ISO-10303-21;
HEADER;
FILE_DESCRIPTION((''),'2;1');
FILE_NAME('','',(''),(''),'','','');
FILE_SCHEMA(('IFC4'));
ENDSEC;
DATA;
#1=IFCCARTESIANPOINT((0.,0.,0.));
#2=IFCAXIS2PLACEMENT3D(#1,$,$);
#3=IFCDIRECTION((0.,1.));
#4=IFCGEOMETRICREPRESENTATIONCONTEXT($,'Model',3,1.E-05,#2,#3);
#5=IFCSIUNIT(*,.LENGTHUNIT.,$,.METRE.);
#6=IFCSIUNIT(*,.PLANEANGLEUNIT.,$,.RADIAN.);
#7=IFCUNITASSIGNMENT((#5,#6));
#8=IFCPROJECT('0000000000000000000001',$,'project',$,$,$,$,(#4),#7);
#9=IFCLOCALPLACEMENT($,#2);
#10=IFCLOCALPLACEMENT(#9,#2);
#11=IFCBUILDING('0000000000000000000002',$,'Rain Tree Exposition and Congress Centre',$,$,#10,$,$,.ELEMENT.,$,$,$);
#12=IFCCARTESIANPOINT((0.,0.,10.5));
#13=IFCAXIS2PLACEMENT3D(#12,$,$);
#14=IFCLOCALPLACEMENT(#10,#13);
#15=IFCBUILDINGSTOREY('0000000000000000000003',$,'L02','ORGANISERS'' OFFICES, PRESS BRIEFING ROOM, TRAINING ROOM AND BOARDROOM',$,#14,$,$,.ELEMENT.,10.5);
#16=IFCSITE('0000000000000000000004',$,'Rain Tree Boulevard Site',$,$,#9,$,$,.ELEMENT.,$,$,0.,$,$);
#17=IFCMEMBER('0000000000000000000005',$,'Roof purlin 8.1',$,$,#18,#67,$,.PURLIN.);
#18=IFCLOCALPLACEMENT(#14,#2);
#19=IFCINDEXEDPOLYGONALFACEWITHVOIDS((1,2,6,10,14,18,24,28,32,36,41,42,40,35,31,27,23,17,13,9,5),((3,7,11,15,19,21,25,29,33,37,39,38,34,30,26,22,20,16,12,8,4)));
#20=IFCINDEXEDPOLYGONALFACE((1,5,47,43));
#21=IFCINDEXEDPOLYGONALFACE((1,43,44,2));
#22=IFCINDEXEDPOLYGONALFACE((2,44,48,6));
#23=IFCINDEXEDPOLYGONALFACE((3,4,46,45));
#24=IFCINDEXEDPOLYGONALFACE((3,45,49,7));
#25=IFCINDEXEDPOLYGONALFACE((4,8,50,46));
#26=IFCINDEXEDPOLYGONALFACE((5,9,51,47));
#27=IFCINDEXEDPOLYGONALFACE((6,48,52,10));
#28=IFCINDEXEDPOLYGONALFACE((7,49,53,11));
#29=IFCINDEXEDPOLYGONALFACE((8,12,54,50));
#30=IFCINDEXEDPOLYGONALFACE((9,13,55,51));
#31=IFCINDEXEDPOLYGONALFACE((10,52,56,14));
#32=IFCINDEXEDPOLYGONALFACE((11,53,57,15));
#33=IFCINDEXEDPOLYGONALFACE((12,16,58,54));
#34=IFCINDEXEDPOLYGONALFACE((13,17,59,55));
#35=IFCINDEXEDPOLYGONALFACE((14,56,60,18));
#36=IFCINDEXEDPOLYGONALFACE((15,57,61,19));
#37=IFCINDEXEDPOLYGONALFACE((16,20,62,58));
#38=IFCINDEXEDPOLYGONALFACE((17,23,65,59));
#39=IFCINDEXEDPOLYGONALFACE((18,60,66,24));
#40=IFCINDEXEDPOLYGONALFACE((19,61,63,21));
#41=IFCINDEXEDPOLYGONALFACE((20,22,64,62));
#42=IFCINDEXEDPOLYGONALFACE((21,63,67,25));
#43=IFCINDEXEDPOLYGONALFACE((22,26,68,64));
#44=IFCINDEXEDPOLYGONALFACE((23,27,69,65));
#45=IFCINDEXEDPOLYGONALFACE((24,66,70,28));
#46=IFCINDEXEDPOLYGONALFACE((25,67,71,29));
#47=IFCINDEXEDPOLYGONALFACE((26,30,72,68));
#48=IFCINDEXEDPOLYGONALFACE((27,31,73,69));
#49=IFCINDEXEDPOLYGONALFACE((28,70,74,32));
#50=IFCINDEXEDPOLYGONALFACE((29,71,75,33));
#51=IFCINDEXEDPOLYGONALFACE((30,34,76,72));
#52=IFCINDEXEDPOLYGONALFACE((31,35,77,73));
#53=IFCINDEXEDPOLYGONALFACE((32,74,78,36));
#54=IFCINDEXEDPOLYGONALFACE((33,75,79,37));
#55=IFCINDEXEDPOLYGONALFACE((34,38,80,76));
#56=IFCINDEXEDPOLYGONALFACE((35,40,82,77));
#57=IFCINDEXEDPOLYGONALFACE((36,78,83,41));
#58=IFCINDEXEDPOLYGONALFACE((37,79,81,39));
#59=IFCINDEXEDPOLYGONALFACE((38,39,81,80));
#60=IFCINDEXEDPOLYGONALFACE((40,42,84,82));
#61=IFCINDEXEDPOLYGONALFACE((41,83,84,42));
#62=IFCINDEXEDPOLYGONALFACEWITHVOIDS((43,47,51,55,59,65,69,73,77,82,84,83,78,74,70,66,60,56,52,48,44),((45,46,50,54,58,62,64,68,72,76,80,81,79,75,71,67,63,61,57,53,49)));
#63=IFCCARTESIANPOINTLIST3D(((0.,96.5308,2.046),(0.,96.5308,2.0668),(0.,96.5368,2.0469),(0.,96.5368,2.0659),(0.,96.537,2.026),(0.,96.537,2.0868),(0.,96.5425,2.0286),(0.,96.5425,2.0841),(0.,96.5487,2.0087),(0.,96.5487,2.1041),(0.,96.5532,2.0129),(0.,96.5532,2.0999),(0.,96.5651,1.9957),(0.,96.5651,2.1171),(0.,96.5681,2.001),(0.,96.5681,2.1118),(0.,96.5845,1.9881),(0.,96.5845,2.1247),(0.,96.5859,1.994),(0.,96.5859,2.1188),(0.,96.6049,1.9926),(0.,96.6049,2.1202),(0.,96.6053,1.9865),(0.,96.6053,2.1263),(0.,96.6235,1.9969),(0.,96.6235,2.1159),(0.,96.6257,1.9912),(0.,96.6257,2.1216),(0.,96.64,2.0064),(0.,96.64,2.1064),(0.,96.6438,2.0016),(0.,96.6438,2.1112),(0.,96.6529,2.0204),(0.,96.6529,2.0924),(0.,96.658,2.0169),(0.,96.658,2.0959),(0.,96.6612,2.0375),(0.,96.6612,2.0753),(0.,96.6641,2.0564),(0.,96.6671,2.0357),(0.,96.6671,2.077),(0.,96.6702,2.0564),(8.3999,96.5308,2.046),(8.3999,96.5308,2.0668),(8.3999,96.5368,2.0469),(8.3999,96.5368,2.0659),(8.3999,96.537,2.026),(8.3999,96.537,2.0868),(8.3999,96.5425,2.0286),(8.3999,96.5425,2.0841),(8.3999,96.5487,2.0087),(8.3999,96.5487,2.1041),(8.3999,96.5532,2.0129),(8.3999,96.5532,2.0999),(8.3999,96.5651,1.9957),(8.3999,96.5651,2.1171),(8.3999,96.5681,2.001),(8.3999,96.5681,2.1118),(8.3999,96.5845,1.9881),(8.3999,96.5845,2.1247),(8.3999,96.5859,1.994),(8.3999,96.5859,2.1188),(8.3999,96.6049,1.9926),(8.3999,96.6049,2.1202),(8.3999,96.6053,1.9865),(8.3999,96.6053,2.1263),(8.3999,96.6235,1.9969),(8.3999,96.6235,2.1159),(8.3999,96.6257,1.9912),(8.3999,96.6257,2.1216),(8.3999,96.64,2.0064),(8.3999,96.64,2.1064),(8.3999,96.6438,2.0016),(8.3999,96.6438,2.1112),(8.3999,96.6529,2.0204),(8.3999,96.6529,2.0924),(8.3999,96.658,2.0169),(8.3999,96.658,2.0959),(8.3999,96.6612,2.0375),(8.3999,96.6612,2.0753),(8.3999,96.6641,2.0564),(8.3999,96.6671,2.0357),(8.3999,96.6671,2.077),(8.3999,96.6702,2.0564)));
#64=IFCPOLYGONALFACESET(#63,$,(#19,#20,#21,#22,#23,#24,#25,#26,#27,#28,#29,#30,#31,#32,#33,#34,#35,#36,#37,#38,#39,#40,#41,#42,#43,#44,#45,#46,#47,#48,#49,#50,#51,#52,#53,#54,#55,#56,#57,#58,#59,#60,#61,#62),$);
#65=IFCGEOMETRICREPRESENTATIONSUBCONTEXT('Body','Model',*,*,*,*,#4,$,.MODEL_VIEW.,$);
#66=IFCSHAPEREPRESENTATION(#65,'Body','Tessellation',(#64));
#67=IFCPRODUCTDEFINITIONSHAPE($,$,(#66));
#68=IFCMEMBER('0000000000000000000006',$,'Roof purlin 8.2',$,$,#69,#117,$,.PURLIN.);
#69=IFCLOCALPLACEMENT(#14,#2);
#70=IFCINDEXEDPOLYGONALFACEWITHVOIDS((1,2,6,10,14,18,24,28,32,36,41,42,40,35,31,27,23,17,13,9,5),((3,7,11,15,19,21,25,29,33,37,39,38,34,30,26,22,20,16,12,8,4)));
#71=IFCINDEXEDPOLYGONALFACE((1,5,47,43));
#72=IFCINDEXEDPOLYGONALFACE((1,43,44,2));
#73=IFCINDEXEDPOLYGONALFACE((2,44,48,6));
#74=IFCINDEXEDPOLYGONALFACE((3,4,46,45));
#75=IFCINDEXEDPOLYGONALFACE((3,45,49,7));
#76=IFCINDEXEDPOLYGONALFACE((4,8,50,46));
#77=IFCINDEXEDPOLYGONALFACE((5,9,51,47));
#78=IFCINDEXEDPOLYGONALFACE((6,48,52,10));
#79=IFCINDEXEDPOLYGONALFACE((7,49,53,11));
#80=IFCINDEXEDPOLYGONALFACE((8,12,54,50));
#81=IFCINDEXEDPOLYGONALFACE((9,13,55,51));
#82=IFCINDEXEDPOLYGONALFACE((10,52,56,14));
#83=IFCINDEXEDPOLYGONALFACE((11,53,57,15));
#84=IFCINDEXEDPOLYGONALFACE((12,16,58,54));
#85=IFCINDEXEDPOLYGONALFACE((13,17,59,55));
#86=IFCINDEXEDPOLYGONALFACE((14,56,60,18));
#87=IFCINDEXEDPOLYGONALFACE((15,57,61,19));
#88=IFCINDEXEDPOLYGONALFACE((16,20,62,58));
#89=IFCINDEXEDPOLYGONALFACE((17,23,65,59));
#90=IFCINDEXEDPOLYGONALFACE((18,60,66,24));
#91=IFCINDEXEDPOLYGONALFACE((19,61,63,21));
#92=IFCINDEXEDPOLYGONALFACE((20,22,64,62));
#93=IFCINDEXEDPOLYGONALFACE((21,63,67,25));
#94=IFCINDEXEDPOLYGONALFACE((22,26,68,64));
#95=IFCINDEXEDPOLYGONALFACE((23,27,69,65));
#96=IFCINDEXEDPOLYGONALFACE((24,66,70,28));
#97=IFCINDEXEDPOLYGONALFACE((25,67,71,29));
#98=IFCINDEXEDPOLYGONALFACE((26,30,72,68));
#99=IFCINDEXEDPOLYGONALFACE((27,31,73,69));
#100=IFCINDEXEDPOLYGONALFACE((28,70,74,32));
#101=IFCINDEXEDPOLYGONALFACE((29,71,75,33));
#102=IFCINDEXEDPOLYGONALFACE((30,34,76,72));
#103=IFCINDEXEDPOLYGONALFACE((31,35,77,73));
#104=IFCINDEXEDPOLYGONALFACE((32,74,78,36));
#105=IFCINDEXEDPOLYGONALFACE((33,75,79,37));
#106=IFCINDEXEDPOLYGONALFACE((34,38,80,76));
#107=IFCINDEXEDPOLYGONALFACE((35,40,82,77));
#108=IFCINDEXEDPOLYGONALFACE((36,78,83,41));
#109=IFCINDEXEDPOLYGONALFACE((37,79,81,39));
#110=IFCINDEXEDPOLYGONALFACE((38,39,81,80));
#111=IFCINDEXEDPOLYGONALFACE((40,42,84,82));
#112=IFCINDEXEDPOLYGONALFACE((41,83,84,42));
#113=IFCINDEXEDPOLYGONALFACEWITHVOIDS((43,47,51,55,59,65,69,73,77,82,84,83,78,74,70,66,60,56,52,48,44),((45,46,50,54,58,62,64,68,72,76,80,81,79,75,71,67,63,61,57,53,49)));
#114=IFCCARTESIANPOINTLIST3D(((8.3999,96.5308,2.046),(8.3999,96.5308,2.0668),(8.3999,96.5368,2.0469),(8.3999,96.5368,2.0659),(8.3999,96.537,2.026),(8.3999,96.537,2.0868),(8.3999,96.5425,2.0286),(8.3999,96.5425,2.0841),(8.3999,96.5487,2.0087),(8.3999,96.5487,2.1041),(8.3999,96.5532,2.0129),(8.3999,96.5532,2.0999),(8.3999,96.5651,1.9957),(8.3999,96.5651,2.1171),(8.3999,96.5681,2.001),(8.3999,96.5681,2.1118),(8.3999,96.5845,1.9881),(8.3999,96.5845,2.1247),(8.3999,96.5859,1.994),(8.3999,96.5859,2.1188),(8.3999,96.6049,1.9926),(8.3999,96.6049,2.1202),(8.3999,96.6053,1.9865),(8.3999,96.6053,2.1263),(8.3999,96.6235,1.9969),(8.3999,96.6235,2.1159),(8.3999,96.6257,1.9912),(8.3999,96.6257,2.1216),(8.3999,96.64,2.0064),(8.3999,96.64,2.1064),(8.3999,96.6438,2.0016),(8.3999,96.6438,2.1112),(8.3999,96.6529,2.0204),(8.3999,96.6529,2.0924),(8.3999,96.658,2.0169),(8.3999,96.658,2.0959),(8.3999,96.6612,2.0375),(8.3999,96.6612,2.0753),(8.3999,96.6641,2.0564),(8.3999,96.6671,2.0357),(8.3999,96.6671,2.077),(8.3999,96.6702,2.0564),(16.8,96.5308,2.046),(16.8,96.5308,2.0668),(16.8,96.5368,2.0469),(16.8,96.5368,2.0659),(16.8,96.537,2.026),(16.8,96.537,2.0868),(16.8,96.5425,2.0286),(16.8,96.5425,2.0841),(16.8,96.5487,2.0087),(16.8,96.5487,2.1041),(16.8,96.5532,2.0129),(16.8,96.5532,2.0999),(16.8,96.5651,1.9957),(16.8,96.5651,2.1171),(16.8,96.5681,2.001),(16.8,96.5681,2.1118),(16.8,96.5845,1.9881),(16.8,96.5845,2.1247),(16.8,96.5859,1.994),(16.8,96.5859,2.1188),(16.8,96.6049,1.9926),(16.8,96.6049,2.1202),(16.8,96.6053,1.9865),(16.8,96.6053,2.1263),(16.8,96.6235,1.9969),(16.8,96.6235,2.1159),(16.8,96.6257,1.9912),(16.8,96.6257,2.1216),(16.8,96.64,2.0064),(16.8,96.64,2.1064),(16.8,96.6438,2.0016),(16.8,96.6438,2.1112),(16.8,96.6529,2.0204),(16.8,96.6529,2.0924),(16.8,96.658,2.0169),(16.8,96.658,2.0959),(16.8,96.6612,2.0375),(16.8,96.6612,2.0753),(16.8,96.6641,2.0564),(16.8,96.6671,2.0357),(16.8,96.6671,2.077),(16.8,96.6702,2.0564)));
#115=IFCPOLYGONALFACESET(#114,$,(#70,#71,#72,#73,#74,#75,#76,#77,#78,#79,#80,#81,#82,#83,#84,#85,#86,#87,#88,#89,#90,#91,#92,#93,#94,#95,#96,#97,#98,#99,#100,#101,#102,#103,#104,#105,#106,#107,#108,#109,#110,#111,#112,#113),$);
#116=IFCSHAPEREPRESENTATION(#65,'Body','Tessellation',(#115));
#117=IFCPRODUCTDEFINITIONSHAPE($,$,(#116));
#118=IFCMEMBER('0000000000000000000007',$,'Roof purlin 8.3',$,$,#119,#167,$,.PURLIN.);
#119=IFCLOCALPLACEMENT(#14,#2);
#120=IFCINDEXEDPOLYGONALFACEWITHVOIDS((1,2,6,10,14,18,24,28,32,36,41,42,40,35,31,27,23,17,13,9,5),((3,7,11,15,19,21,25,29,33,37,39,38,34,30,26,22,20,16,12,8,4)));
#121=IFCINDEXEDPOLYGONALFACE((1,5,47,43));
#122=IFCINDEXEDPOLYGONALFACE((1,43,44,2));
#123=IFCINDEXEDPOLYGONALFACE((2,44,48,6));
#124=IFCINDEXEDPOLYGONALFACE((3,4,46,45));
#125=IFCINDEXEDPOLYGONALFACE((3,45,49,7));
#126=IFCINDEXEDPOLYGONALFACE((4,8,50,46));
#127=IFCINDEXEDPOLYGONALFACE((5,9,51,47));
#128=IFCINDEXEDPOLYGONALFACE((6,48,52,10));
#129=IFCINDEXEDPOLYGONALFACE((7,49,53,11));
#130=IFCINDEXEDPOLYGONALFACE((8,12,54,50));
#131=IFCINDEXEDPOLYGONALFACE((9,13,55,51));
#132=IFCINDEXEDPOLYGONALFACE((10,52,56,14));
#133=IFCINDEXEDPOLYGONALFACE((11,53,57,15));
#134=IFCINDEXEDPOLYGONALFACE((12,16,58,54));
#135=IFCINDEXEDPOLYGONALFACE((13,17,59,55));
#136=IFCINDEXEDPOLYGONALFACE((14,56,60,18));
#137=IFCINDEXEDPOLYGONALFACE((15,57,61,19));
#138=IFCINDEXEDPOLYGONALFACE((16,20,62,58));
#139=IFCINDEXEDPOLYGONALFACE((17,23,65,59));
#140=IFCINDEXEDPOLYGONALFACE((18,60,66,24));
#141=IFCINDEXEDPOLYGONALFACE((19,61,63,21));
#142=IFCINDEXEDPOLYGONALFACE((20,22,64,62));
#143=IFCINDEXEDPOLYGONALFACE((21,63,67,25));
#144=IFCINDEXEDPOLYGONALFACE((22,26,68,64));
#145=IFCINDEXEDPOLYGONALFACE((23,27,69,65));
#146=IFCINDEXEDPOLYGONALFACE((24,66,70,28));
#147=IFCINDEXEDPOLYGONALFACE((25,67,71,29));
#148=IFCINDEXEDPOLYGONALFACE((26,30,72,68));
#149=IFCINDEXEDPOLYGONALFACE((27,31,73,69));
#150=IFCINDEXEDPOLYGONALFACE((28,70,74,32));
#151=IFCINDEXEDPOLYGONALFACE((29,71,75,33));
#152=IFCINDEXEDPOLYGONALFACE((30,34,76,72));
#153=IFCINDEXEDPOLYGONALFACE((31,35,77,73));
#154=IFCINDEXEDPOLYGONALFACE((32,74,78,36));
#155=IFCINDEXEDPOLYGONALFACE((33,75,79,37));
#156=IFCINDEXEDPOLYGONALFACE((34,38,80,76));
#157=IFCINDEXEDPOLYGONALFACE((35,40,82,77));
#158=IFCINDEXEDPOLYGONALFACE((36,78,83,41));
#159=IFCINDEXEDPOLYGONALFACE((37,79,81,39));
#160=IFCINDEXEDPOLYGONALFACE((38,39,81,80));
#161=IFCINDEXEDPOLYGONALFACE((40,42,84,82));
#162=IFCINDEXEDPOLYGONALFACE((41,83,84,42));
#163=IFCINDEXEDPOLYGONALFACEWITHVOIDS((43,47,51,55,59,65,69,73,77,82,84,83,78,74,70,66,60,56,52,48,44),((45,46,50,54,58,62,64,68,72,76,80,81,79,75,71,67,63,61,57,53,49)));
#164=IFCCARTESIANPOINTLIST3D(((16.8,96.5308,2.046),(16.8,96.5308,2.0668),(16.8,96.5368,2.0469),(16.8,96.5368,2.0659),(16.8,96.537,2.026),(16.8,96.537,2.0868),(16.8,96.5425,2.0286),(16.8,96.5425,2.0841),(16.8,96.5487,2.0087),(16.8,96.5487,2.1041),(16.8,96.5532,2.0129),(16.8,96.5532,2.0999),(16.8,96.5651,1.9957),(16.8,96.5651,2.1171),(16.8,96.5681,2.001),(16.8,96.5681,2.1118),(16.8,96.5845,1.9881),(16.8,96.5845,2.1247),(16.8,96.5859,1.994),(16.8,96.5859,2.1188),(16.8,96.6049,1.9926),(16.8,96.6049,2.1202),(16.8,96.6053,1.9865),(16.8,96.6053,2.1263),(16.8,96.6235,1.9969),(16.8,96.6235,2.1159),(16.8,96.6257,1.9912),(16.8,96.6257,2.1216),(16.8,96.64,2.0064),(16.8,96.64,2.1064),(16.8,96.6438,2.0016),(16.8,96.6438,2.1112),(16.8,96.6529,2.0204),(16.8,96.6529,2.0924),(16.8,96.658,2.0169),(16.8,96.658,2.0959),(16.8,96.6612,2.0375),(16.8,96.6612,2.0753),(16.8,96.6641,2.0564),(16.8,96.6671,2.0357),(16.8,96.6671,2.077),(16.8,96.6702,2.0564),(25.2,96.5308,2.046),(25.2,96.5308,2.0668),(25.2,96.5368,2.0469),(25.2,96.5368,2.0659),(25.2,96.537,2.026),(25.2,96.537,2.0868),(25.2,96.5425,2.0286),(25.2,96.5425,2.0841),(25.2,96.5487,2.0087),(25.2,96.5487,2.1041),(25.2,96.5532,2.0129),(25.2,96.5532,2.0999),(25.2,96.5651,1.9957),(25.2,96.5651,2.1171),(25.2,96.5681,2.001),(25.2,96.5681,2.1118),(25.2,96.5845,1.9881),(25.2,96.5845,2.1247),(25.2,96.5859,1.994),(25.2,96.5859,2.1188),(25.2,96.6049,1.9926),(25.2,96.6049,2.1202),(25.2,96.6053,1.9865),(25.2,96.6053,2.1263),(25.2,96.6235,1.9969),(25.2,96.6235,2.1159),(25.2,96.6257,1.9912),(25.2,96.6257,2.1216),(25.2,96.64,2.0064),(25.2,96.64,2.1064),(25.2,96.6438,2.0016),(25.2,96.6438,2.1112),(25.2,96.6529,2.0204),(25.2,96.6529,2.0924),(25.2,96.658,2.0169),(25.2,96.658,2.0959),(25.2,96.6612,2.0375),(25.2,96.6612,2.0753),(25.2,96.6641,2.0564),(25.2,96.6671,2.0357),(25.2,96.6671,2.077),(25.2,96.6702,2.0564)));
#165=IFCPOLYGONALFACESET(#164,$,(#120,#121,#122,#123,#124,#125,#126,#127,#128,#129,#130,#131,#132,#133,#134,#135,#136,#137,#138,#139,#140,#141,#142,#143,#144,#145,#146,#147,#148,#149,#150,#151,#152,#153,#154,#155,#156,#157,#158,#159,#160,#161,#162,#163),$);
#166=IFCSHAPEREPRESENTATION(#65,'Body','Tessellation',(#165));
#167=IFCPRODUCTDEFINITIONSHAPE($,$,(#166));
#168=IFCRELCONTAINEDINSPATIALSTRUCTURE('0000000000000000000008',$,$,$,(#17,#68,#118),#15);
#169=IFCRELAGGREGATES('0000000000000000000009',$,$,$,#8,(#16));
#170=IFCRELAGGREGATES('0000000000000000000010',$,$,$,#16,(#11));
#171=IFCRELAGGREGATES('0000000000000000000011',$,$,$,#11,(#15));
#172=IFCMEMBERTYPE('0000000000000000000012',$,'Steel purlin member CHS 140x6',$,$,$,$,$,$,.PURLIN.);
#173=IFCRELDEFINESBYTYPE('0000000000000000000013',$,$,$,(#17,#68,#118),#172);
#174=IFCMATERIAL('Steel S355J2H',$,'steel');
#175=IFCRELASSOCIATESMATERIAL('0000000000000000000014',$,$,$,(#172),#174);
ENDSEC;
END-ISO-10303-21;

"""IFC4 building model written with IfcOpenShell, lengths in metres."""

from ifc_helpers import new_model, si_unit, direction, frame, origin, origin_2d, place, context, subcontext, project, spatial, hollow_circle, extrude, material, material_profile, profile_set, type_object, element, save


model = new_model("IFC4")

# Units and contexts
model_context = context("Model", 3, precision=1e-05, world=origin(), true_north=direction((0.0, 1.0)))
body_context = subcontext(model_context, "Body", "Model", "MODEL_VIEW")
ifc_project = project(units=[si_unit("LENGTHUNIT", "METRE"), si_unit("PLANEANGLEUNIT", "RADIAN")], contexts=[model_context])

# Site, building, storey
site_placement = place(None, origin())
site = spatial("IfcSite", under=ifc_project, at=site_placement, Name="Rain Tree Boulevard Site", CompositionType="ELEMENT", RefElevation=0.0)
building_placement = place(site_placement, origin())
building = spatial("IfcBuilding", under=site, at=building_placement, Name="Rain Tree Exposition and Congress Centre", CompositionType="ELEMENT")
storey_placement = place(building_placement, frame((0.0, 0.0, 10.5)))
storey = spatial("IfcBuildingStorey", under=building, at=storey_placement, Name="L02", Description="ORGANISERS' OFFICES, PRESS BRIEFING ROOM, TRAINING ROOM AND BOARDROOM", CompositionType="ELEMENT", Elevation=10.5)

# Members
ifc_material_1 = material(Name="Steel S355J2H", Category="steel")
ifc_material_profile_1 = material_profile(ifc_material_1, hollow_circle(Radius=0.0701, WallThickness=0.0061, at=origin_2d()), Name="CHS 140x6")
ifc_profile_set_1 = profile_set([ifc_material_profile_1], Name="Steel S355J2H")
member_type_1 = type_object("IfcMemberType", Name="Steel purlin member CHS 140x6", PredefinedType="PURLIN", material=ifc_profile_set_1)
member_1_placement = place(storey_placement, frame((0.0, 96.6001, 2.0564), z_axis=(1.0, 0.0, 0.0), x_axis=(0.0, 1.0, 0.0)))
element("IfcMember", 1, at=member_1_placement, inside=storey, type_object=member_type_1, Name="Roof purlin 8.1", PredefinedType="PURLIN", context=body_context, shape_type="SweptSolid", body=[
    extrude(hollow_circle(Radius=0.0701, WallThickness=0.0061, at=origin_2d()), origin(), (0.0, 0.0, 1.0), 8.3999),
])
member_2_placement = place(storey_placement, frame((8.3999, 96.6001, 2.0564), z_axis=(1.0, 0.0, 0.0), x_axis=(0.0, 1.0, 0.0)))
element("IfcMember", 2, at=member_2_placement, inside=storey, type_object=member_type_1, Name="Roof purlin 8.2", PredefinedType="PURLIN", context=body_context, shape_type="SweptSolid", body=[
    extrude(hollow_circle(Radius=0.0701, WallThickness=0.0061, at=origin_2d()), origin(), (0.0, 0.0, 1.0), 8.4001),
])
for number, where, z_axis, x_axis, name in (
    (3, (16.8, 96.6001, 2.0564), (1.0, 0.0, 0.0), (0.0, 1.0, 0.0), "Roof purlin 8.3"),
):
    element("IfcMember", number, at=place(storey_placement, frame(where, z_axis=z_axis, x_axis=x_axis)), inside=storey, type_object=member_type_1, Name=name, PredefinedType="PURLIN", context=body_context, shape_type="SweptSolid", body=[
        extrude(hollow_circle(Radius=0.0701, WallThickness=0.0061, at=origin_2d()), origin(), (0.0, 0.0, 1.0), 8.3999),
    ])

save(model, "model.ifc")
